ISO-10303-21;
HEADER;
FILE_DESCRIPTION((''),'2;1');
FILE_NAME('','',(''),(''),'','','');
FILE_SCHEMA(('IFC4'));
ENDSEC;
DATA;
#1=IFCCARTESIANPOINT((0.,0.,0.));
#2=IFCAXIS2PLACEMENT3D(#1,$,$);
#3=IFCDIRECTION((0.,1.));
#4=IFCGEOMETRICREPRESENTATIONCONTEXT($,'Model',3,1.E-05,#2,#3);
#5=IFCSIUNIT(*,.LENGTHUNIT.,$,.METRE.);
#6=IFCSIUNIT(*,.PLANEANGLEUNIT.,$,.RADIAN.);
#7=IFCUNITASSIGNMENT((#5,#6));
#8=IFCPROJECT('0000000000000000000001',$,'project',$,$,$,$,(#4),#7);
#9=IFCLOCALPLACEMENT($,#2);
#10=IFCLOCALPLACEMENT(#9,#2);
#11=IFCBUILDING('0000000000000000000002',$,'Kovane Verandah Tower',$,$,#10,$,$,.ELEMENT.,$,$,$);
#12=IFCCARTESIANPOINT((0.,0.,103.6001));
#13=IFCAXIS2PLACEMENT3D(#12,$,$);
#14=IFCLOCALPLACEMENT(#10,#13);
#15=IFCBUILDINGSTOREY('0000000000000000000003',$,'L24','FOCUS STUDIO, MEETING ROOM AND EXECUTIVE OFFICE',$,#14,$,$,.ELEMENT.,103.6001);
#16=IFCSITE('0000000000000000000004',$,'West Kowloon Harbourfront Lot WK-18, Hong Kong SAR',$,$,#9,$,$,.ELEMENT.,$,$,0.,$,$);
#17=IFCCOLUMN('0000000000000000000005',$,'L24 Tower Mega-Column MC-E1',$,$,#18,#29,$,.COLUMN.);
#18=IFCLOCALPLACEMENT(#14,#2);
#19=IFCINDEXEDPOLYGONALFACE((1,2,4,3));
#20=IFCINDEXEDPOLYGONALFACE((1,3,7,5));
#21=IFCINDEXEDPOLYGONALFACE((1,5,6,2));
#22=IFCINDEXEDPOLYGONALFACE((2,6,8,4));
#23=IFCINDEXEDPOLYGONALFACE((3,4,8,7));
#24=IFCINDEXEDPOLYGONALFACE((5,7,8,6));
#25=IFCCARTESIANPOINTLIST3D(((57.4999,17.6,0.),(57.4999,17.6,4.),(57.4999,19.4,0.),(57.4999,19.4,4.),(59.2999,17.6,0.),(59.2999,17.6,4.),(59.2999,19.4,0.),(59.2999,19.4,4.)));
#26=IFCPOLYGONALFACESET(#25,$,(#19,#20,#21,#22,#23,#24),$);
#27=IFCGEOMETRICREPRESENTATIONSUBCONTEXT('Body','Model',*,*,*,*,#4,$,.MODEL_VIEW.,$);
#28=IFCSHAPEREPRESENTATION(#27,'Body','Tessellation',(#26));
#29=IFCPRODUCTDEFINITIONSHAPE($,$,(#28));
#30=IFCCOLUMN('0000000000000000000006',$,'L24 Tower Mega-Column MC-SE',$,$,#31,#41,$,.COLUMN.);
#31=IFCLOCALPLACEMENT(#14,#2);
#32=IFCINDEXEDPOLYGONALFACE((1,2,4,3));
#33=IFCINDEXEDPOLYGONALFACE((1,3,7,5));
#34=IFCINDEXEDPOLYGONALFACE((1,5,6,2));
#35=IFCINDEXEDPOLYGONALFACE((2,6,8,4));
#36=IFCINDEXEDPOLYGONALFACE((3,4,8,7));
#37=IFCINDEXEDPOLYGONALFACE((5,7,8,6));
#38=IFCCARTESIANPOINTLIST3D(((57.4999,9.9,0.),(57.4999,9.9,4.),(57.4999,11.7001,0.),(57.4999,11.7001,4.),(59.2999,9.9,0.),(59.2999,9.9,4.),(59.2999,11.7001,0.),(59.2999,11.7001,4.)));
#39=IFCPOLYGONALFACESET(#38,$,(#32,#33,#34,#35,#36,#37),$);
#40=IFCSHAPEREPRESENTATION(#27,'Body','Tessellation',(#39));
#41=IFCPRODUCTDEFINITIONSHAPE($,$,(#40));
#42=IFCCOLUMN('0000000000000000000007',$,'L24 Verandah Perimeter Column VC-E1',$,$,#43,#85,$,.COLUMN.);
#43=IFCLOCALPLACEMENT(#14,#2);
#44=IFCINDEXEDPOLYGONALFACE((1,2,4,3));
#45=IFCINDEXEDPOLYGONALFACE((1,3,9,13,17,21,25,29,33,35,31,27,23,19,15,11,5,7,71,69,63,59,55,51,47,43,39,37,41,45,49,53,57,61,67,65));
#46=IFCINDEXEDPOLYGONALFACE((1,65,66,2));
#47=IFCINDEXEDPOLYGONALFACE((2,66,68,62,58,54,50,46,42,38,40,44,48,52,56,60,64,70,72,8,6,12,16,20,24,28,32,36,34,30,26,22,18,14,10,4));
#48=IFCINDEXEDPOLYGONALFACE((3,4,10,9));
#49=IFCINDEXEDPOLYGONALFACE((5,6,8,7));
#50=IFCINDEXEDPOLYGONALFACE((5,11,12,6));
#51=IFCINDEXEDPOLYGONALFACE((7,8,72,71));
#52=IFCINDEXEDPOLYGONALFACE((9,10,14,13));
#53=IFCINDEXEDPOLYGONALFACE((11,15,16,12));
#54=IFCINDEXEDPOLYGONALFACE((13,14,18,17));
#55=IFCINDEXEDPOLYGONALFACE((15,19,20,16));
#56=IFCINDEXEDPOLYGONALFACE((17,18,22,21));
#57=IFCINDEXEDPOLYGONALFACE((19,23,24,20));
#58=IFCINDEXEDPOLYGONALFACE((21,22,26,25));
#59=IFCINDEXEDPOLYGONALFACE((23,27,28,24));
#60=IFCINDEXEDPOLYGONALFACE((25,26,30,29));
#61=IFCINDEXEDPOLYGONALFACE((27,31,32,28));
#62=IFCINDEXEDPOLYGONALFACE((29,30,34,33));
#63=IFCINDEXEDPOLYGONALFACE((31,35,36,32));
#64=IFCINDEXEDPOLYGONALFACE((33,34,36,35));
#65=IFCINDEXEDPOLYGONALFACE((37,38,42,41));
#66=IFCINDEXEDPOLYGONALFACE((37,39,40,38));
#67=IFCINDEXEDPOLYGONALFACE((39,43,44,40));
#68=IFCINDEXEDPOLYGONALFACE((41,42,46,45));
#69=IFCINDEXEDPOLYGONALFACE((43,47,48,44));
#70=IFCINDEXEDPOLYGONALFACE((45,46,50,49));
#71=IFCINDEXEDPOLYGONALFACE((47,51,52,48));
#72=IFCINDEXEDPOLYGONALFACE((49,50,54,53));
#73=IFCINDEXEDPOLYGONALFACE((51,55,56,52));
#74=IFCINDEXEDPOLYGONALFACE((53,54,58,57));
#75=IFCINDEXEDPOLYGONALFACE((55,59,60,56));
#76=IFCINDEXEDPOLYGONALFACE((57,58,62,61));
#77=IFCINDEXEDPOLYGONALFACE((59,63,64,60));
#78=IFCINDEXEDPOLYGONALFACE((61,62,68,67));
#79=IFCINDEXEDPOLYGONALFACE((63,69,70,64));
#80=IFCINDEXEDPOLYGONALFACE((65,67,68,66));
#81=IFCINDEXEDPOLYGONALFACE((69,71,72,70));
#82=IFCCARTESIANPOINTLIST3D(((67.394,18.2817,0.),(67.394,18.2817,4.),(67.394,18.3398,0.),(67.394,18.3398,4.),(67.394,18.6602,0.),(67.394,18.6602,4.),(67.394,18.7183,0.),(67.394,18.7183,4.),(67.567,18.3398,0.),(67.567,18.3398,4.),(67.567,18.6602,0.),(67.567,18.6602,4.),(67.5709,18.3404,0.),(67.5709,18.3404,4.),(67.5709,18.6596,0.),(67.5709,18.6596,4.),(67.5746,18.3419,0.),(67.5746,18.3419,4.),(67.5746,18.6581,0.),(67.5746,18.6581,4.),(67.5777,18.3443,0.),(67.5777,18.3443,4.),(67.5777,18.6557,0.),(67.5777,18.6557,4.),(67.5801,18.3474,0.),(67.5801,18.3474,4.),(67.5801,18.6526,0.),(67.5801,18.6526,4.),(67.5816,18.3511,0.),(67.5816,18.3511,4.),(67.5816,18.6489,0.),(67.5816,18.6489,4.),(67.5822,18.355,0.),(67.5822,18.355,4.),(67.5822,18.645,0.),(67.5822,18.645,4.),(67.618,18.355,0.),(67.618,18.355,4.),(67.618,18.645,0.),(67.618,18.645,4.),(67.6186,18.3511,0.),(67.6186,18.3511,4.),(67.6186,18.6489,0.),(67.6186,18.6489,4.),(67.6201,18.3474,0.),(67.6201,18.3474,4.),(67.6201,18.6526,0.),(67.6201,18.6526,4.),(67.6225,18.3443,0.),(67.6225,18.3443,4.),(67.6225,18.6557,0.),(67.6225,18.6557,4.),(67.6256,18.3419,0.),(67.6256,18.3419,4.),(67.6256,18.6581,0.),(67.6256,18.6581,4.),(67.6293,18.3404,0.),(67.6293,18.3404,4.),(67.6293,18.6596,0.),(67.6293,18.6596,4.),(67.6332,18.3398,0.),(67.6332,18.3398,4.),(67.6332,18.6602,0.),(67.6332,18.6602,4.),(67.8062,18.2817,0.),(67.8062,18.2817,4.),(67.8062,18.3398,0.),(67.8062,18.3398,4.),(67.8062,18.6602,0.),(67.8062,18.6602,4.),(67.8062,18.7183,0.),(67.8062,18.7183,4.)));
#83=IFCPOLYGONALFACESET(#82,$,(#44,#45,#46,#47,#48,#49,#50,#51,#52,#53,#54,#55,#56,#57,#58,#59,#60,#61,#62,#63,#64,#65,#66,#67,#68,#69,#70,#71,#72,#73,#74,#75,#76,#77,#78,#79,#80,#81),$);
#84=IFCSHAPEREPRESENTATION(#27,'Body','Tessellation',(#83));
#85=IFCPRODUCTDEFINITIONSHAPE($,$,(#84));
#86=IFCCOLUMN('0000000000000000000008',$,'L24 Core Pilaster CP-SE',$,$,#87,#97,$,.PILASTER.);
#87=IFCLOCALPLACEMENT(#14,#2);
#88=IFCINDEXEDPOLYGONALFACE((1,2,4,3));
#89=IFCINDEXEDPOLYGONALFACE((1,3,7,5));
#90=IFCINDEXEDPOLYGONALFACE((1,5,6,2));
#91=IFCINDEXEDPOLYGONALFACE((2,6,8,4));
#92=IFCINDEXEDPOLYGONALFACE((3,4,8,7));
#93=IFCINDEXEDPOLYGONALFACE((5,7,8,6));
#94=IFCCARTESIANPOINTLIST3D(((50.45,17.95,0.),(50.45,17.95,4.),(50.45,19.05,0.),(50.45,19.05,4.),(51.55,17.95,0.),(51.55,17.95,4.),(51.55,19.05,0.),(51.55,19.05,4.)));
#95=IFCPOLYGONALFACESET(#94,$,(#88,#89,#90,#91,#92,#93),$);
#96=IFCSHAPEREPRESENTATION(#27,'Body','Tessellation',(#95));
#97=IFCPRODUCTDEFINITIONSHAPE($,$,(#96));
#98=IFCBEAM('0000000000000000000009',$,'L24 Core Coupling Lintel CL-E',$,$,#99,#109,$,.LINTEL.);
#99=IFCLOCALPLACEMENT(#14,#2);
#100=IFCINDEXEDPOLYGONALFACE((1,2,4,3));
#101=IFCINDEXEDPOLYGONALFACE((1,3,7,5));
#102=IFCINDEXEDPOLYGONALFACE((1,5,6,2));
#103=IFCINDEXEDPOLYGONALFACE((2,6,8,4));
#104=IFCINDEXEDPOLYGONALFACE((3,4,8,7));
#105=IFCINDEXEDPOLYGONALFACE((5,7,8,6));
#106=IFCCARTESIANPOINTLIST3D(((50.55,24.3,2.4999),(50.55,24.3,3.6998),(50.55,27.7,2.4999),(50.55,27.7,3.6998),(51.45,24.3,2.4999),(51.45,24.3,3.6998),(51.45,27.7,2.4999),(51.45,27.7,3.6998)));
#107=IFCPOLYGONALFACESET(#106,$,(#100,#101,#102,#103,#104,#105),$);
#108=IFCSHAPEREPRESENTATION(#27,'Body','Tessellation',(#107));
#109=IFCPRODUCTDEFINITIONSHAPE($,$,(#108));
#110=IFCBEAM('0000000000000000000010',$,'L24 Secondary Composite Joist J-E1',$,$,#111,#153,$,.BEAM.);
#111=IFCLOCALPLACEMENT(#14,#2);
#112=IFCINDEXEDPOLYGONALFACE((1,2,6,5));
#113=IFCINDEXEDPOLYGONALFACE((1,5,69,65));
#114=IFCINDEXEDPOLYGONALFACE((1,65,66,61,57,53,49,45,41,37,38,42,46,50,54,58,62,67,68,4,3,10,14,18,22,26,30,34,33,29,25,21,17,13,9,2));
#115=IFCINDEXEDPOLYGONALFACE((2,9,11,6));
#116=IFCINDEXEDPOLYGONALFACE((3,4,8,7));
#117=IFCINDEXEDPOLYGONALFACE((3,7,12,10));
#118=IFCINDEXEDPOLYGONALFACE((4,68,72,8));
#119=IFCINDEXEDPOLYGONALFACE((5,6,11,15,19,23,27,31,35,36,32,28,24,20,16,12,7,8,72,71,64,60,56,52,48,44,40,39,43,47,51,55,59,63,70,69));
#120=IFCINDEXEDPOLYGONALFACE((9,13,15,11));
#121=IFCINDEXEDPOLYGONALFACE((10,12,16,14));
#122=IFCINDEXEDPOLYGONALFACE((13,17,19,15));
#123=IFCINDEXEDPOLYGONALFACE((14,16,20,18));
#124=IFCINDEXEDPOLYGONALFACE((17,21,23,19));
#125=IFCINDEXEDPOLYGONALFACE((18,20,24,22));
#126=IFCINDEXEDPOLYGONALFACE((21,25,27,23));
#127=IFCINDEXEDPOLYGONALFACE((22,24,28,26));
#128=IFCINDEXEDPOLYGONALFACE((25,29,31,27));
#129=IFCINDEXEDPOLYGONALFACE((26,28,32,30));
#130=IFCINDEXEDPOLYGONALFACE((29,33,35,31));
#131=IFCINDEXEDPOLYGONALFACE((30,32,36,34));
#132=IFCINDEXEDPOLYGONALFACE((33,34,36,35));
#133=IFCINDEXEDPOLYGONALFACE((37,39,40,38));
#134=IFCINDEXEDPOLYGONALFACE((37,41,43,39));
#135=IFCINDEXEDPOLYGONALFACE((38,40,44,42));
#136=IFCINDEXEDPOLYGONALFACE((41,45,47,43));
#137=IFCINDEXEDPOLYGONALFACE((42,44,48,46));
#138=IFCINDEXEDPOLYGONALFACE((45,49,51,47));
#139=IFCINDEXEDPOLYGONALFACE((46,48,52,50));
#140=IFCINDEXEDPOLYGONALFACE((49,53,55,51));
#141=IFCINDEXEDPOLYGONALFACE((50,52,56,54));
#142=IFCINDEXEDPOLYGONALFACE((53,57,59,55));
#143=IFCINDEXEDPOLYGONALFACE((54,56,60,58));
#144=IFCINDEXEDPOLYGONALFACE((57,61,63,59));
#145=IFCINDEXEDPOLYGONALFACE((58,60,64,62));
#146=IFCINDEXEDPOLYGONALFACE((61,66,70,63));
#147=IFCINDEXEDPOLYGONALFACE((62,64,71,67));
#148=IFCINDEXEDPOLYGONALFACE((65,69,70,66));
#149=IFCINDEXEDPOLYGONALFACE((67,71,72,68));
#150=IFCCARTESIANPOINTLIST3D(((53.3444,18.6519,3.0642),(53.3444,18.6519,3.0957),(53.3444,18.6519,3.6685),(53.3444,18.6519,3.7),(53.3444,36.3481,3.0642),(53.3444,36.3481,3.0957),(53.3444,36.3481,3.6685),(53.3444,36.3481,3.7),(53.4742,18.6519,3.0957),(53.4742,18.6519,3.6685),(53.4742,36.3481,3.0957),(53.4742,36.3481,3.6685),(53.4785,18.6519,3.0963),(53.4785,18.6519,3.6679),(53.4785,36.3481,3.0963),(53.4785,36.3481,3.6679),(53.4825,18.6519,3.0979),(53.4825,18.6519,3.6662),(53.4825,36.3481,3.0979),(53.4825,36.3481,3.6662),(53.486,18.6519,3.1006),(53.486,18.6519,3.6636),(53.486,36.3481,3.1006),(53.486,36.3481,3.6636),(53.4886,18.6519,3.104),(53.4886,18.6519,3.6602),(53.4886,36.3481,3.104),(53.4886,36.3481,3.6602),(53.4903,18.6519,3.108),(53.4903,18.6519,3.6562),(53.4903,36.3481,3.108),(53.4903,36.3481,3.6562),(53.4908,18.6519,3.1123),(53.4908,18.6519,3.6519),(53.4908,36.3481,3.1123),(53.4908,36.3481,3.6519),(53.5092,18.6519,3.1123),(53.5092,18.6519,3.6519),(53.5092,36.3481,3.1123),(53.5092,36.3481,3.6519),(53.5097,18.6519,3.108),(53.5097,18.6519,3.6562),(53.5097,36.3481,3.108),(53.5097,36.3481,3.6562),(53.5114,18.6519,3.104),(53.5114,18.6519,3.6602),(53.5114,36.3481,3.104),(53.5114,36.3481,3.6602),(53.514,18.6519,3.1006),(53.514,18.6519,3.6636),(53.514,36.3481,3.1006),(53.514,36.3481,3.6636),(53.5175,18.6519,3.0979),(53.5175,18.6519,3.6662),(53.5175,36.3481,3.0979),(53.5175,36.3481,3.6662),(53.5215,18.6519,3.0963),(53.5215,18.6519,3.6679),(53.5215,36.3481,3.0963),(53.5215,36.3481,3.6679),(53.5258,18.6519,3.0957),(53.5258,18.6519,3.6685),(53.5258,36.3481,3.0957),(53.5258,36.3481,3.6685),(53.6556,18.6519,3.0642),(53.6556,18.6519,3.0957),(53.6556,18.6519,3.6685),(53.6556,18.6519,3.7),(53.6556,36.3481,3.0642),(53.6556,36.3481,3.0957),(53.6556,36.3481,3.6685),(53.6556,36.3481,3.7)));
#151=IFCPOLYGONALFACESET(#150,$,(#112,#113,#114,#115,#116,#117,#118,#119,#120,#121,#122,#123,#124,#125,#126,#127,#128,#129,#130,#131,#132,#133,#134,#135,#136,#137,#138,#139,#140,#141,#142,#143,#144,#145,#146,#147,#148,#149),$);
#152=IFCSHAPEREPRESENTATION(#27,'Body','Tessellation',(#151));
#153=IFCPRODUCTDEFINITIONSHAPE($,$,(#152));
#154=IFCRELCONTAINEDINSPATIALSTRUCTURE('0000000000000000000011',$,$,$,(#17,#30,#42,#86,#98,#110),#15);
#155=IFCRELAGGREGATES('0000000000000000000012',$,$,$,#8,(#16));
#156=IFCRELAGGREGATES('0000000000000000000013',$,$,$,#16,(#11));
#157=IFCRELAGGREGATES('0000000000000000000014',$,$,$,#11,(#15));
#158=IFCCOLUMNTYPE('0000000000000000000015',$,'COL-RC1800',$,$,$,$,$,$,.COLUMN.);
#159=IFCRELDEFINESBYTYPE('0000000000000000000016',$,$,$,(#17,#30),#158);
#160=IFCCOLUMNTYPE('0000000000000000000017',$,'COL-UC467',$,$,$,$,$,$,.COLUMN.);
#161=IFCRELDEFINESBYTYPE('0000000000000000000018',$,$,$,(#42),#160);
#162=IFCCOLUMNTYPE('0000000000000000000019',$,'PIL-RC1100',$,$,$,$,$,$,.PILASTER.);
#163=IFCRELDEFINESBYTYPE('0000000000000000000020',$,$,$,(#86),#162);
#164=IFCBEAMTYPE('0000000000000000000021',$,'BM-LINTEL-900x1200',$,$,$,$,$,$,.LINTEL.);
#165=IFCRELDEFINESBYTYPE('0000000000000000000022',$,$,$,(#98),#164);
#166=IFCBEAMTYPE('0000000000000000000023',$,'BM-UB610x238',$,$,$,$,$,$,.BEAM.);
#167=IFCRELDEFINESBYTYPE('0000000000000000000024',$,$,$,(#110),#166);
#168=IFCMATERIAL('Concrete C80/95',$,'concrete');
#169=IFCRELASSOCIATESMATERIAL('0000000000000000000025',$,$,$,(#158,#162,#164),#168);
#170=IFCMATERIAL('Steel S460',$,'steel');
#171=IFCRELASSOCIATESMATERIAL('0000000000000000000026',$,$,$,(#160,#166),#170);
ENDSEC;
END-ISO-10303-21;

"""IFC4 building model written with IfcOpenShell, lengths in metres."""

from ifc_helpers import new_model, si_unit, direction, frame, origin, origin_2d, place, context, subcontext, project, spatial, rectangle, i_section, extrude, material, material_profile, profile_set, type_object, element, save


model = new_model("IFC4")

# Units and contexts
model_context = context("Model", 3, precision=1e-05, world=origin(), true_north=direction((0.0, 1.0)))
body_context = subcontext(model_context, "Body", "Model", "MODEL_VIEW")
ifc_project = project(units=[si_unit("LENGTHUNIT", "METRE"), si_unit("PLANEANGLEUNIT", "RADIAN")], contexts=[model_context])

# Site, building, storey
site_placement = place(None, origin())
site = spatial("IfcSite", under=ifc_project, at=site_placement, Name="West Kowloon Harbourfront Lot WK-18, Hong Kong SAR", CompositionType="ELEMENT", RefElevation=0.0)
building_placement = place(site_placement, origin())
building = spatial("IfcBuilding", under=site, at=building_placement, Name="Kovane Verandah Tower", CompositionType="ELEMENT")
storey_placement = place(building_placement, frame((0.0, 0.0, 103.6001)))
storey = spatial("IfcBuildingStorey", under=building, at=storey_placement, Name="L24", Description="FOCUS STUDIO, MEETING ROOM AND EXECUTIVE OFFICE", CompositionType="ELEMENT", Elevation=103.6001)

# Columns
ifc_material_1 = material(Name="Concrete C80/95", Category="concrete")
ifc_material_profile_1 = material_profile(ifc_material_1, rectangle(XDim=1.8, YDim=1.8, at=origin_2d()), Name="RC1800x1800")
ifc_profile_set_1 = profile_set([ifc_material_profile_1], Name="Concrete C80/95")
column_type_1 = type_object("IfcColumnType", Name="COL-RC1800", PredefinedType="COLUMN", material=ifc_profile_set_1)
for number, where, z_axis, x_axis, name in (
    (1, (58.3999, 18.5, 0.0), (0.0, 0.0, 1.0), (1.0, 0.0, 0.0), "L24 Tower Mega-Column MC-E1"),
    (2, (58.3999, 10.8, 0.0), (0.0, 0.0, 1.0), (1.0, 0.0, 0.0), "L24 Tower Mega-Column MC-SE"),
):
    element("IfcColumn", number, at=place(storey_placement, frame(where, z_axis=z_axis, x_axis=x_axis)), inside=storey, type_object=column_type_1, Name=name, PredefinedType="COLUMN", context=body_context, shape_type="SweptSolid", body=[
        extrude(rectangle(XDim=1.8, YDim=1.8, at=origin_2d()), origin(), (0.0, 0.0, 1.0), 4.0),
    ])
ifc_material_2 = material(Name="Steel S460", Category="steel")
ifc_material_profile_2 = material_profile(ifc_material_2, i_section(OverallWidth=0.4121, OverallDepth=0.4365, WebThickness=0.0359, FlangeThickness=0.0581, FilletRadius=0.0151, at=origin_2d()), Name="UC356x406x467")
ifc_profile_set_2 = profile_set([ifc_material_profile_2], Name="Steel S460")
column_type_2 = type_object("IfcColumnType", Name="COL-UC467", PredefinedType="COLUMN", material=ifc_profile_set_2)
column_1_placement = place(storey_placement, frame((67.6001, 18.5, 0.0), z_axis=(0.0, 0.0, 1.0), x_axis=(1.0, 0.0, 0.0)))
element("IfcColumn", 3, at=column_1_placement, inside=storey, type_object=column_type_2, Name="L24 Verandah Perimeter Column VC-E1", PredefinedType="COLUMN", context=body_context, shape_type="SweptSolid", body=[
    extrude(i_section(OverallWidth=0.4121, OverallDepth=0.4365, WebThickness=0.0359, FlangeThickness=0.0581, FilletRadius=0.0151, at=origin_2d()), origin(), (0.0, 0.0, 1.0), 4.0),
])
ifc_material_profile_3 = material_profile(ifc_material_1, rectangle(XDim=1.1001, YDim=1.1001, at=origin_2d()), Name="RC1100x1100")
ifc_profile_set_3 = profile_set([ifc_material_profile_3], Name="Concrete C80/95")
column_type_3 = type_object("IfcColumnType", Name="PIL-RC1100", PredefinedType="PILASTER", material=ifc_profile_set_3)
column_2_placement = place(storey_placement, frame((51.0, 18.5, 0.0), z_axis=(0.0, 0.0, 1.0), x_axis=(1.0, 0.0, 0.0)))
element("IfcColumn", 4, at=column_2_placement, inside=storey, type_object=column_type_3, Name="L24 Core Pilaster CP-SE", PredefinedType="PILASTER", context=body_context, shape_type="SweptSolid", body=[
    extrude(rectangle(XDim=1.1001, YDim=1.1001, at=origin_2d()), origin(), (0.0, 0.0, 1.0), 4.0),
])

# Beams
ifc_material_profile_4 = material_profile(ifc_material_1, rectangle(XDim=0.8999, YDim=1.2, at=origin_2d()), Name="RCB900x1200")
ifc_profile_set_4 = profile_set([ifc_material_profile_4], Name="Concrete C80/95")
beam_type_1 = type_object("IfcBeamType", Name="BM-LINTEL-900x1200", PredefinedType="LINTEL", material=ifc_profile_set_4)
beam_1_placement = place(storey_placement, frame((51.0, 24.3, 3.0999), z_axis=(0.0, 1.0, 0.0), x_axis=(-1.0, 0.0, 0.0)))
element("IfcBeam", 5, at=beam_1_placement, inside=storey, type_object=beam_type_1, Name="L24 Core Coupling Lintel CL-E", PredefinedType="LINTEL", context=body_context, shape_type="SweptSolid", body=[
    extrude(rectangle(XDim=0.8999, YDim=1.2, at=origin_2d()), origin(), (0.0, 0.0, 1.0), 3.3999),
])
ifc_material_profile_5 = material_profile(ifc_material_2, i_section(OverallWidth=0.3113, OverallDepth=0.6357, WebThickness=0.0183, FlangeThickness=0.0315, FilletRadius=0.0166, at=origin_2d()), Name="UB610x305x238")
ifc_profile_set_5 = profile_set([ifc_material_profile_5], Name="Steel S460")
beam_type_2 = type_object("IfcBeamType", Name="BM-UB610x238", PredefinedType="BEAM", material=ifc_profile_set_5)
for number, where, z_axis, x_axis, name in (
    (6, (53.5, 18.6519, 3.3821), (0.0, 1.0, 0.0), (-1.0, 0.0, 0.0), "L24 Secondary Composite Joist J-E1"),
):
    element("IfcBeam", number, at=place(storey_placement, frame(where, z_axis=z_axis, x_axis=x_axis)), inside=storey, type_object=beam_type_2, Name=name, PredefinedType="BEAM", context=body_context, shape_type="SweptSolid", body=[
        extrude(i_section(OverallWidth=0.3113, OverallDepth=0.6357, WebThickness=0.0183, FlangeThickness=0.0315, FilletRadius=0.0166, at=origin_2d()), origin(), (0.0, 0.0, 1.0), 17.6963),
    ])

save(model, "model.ifc")
